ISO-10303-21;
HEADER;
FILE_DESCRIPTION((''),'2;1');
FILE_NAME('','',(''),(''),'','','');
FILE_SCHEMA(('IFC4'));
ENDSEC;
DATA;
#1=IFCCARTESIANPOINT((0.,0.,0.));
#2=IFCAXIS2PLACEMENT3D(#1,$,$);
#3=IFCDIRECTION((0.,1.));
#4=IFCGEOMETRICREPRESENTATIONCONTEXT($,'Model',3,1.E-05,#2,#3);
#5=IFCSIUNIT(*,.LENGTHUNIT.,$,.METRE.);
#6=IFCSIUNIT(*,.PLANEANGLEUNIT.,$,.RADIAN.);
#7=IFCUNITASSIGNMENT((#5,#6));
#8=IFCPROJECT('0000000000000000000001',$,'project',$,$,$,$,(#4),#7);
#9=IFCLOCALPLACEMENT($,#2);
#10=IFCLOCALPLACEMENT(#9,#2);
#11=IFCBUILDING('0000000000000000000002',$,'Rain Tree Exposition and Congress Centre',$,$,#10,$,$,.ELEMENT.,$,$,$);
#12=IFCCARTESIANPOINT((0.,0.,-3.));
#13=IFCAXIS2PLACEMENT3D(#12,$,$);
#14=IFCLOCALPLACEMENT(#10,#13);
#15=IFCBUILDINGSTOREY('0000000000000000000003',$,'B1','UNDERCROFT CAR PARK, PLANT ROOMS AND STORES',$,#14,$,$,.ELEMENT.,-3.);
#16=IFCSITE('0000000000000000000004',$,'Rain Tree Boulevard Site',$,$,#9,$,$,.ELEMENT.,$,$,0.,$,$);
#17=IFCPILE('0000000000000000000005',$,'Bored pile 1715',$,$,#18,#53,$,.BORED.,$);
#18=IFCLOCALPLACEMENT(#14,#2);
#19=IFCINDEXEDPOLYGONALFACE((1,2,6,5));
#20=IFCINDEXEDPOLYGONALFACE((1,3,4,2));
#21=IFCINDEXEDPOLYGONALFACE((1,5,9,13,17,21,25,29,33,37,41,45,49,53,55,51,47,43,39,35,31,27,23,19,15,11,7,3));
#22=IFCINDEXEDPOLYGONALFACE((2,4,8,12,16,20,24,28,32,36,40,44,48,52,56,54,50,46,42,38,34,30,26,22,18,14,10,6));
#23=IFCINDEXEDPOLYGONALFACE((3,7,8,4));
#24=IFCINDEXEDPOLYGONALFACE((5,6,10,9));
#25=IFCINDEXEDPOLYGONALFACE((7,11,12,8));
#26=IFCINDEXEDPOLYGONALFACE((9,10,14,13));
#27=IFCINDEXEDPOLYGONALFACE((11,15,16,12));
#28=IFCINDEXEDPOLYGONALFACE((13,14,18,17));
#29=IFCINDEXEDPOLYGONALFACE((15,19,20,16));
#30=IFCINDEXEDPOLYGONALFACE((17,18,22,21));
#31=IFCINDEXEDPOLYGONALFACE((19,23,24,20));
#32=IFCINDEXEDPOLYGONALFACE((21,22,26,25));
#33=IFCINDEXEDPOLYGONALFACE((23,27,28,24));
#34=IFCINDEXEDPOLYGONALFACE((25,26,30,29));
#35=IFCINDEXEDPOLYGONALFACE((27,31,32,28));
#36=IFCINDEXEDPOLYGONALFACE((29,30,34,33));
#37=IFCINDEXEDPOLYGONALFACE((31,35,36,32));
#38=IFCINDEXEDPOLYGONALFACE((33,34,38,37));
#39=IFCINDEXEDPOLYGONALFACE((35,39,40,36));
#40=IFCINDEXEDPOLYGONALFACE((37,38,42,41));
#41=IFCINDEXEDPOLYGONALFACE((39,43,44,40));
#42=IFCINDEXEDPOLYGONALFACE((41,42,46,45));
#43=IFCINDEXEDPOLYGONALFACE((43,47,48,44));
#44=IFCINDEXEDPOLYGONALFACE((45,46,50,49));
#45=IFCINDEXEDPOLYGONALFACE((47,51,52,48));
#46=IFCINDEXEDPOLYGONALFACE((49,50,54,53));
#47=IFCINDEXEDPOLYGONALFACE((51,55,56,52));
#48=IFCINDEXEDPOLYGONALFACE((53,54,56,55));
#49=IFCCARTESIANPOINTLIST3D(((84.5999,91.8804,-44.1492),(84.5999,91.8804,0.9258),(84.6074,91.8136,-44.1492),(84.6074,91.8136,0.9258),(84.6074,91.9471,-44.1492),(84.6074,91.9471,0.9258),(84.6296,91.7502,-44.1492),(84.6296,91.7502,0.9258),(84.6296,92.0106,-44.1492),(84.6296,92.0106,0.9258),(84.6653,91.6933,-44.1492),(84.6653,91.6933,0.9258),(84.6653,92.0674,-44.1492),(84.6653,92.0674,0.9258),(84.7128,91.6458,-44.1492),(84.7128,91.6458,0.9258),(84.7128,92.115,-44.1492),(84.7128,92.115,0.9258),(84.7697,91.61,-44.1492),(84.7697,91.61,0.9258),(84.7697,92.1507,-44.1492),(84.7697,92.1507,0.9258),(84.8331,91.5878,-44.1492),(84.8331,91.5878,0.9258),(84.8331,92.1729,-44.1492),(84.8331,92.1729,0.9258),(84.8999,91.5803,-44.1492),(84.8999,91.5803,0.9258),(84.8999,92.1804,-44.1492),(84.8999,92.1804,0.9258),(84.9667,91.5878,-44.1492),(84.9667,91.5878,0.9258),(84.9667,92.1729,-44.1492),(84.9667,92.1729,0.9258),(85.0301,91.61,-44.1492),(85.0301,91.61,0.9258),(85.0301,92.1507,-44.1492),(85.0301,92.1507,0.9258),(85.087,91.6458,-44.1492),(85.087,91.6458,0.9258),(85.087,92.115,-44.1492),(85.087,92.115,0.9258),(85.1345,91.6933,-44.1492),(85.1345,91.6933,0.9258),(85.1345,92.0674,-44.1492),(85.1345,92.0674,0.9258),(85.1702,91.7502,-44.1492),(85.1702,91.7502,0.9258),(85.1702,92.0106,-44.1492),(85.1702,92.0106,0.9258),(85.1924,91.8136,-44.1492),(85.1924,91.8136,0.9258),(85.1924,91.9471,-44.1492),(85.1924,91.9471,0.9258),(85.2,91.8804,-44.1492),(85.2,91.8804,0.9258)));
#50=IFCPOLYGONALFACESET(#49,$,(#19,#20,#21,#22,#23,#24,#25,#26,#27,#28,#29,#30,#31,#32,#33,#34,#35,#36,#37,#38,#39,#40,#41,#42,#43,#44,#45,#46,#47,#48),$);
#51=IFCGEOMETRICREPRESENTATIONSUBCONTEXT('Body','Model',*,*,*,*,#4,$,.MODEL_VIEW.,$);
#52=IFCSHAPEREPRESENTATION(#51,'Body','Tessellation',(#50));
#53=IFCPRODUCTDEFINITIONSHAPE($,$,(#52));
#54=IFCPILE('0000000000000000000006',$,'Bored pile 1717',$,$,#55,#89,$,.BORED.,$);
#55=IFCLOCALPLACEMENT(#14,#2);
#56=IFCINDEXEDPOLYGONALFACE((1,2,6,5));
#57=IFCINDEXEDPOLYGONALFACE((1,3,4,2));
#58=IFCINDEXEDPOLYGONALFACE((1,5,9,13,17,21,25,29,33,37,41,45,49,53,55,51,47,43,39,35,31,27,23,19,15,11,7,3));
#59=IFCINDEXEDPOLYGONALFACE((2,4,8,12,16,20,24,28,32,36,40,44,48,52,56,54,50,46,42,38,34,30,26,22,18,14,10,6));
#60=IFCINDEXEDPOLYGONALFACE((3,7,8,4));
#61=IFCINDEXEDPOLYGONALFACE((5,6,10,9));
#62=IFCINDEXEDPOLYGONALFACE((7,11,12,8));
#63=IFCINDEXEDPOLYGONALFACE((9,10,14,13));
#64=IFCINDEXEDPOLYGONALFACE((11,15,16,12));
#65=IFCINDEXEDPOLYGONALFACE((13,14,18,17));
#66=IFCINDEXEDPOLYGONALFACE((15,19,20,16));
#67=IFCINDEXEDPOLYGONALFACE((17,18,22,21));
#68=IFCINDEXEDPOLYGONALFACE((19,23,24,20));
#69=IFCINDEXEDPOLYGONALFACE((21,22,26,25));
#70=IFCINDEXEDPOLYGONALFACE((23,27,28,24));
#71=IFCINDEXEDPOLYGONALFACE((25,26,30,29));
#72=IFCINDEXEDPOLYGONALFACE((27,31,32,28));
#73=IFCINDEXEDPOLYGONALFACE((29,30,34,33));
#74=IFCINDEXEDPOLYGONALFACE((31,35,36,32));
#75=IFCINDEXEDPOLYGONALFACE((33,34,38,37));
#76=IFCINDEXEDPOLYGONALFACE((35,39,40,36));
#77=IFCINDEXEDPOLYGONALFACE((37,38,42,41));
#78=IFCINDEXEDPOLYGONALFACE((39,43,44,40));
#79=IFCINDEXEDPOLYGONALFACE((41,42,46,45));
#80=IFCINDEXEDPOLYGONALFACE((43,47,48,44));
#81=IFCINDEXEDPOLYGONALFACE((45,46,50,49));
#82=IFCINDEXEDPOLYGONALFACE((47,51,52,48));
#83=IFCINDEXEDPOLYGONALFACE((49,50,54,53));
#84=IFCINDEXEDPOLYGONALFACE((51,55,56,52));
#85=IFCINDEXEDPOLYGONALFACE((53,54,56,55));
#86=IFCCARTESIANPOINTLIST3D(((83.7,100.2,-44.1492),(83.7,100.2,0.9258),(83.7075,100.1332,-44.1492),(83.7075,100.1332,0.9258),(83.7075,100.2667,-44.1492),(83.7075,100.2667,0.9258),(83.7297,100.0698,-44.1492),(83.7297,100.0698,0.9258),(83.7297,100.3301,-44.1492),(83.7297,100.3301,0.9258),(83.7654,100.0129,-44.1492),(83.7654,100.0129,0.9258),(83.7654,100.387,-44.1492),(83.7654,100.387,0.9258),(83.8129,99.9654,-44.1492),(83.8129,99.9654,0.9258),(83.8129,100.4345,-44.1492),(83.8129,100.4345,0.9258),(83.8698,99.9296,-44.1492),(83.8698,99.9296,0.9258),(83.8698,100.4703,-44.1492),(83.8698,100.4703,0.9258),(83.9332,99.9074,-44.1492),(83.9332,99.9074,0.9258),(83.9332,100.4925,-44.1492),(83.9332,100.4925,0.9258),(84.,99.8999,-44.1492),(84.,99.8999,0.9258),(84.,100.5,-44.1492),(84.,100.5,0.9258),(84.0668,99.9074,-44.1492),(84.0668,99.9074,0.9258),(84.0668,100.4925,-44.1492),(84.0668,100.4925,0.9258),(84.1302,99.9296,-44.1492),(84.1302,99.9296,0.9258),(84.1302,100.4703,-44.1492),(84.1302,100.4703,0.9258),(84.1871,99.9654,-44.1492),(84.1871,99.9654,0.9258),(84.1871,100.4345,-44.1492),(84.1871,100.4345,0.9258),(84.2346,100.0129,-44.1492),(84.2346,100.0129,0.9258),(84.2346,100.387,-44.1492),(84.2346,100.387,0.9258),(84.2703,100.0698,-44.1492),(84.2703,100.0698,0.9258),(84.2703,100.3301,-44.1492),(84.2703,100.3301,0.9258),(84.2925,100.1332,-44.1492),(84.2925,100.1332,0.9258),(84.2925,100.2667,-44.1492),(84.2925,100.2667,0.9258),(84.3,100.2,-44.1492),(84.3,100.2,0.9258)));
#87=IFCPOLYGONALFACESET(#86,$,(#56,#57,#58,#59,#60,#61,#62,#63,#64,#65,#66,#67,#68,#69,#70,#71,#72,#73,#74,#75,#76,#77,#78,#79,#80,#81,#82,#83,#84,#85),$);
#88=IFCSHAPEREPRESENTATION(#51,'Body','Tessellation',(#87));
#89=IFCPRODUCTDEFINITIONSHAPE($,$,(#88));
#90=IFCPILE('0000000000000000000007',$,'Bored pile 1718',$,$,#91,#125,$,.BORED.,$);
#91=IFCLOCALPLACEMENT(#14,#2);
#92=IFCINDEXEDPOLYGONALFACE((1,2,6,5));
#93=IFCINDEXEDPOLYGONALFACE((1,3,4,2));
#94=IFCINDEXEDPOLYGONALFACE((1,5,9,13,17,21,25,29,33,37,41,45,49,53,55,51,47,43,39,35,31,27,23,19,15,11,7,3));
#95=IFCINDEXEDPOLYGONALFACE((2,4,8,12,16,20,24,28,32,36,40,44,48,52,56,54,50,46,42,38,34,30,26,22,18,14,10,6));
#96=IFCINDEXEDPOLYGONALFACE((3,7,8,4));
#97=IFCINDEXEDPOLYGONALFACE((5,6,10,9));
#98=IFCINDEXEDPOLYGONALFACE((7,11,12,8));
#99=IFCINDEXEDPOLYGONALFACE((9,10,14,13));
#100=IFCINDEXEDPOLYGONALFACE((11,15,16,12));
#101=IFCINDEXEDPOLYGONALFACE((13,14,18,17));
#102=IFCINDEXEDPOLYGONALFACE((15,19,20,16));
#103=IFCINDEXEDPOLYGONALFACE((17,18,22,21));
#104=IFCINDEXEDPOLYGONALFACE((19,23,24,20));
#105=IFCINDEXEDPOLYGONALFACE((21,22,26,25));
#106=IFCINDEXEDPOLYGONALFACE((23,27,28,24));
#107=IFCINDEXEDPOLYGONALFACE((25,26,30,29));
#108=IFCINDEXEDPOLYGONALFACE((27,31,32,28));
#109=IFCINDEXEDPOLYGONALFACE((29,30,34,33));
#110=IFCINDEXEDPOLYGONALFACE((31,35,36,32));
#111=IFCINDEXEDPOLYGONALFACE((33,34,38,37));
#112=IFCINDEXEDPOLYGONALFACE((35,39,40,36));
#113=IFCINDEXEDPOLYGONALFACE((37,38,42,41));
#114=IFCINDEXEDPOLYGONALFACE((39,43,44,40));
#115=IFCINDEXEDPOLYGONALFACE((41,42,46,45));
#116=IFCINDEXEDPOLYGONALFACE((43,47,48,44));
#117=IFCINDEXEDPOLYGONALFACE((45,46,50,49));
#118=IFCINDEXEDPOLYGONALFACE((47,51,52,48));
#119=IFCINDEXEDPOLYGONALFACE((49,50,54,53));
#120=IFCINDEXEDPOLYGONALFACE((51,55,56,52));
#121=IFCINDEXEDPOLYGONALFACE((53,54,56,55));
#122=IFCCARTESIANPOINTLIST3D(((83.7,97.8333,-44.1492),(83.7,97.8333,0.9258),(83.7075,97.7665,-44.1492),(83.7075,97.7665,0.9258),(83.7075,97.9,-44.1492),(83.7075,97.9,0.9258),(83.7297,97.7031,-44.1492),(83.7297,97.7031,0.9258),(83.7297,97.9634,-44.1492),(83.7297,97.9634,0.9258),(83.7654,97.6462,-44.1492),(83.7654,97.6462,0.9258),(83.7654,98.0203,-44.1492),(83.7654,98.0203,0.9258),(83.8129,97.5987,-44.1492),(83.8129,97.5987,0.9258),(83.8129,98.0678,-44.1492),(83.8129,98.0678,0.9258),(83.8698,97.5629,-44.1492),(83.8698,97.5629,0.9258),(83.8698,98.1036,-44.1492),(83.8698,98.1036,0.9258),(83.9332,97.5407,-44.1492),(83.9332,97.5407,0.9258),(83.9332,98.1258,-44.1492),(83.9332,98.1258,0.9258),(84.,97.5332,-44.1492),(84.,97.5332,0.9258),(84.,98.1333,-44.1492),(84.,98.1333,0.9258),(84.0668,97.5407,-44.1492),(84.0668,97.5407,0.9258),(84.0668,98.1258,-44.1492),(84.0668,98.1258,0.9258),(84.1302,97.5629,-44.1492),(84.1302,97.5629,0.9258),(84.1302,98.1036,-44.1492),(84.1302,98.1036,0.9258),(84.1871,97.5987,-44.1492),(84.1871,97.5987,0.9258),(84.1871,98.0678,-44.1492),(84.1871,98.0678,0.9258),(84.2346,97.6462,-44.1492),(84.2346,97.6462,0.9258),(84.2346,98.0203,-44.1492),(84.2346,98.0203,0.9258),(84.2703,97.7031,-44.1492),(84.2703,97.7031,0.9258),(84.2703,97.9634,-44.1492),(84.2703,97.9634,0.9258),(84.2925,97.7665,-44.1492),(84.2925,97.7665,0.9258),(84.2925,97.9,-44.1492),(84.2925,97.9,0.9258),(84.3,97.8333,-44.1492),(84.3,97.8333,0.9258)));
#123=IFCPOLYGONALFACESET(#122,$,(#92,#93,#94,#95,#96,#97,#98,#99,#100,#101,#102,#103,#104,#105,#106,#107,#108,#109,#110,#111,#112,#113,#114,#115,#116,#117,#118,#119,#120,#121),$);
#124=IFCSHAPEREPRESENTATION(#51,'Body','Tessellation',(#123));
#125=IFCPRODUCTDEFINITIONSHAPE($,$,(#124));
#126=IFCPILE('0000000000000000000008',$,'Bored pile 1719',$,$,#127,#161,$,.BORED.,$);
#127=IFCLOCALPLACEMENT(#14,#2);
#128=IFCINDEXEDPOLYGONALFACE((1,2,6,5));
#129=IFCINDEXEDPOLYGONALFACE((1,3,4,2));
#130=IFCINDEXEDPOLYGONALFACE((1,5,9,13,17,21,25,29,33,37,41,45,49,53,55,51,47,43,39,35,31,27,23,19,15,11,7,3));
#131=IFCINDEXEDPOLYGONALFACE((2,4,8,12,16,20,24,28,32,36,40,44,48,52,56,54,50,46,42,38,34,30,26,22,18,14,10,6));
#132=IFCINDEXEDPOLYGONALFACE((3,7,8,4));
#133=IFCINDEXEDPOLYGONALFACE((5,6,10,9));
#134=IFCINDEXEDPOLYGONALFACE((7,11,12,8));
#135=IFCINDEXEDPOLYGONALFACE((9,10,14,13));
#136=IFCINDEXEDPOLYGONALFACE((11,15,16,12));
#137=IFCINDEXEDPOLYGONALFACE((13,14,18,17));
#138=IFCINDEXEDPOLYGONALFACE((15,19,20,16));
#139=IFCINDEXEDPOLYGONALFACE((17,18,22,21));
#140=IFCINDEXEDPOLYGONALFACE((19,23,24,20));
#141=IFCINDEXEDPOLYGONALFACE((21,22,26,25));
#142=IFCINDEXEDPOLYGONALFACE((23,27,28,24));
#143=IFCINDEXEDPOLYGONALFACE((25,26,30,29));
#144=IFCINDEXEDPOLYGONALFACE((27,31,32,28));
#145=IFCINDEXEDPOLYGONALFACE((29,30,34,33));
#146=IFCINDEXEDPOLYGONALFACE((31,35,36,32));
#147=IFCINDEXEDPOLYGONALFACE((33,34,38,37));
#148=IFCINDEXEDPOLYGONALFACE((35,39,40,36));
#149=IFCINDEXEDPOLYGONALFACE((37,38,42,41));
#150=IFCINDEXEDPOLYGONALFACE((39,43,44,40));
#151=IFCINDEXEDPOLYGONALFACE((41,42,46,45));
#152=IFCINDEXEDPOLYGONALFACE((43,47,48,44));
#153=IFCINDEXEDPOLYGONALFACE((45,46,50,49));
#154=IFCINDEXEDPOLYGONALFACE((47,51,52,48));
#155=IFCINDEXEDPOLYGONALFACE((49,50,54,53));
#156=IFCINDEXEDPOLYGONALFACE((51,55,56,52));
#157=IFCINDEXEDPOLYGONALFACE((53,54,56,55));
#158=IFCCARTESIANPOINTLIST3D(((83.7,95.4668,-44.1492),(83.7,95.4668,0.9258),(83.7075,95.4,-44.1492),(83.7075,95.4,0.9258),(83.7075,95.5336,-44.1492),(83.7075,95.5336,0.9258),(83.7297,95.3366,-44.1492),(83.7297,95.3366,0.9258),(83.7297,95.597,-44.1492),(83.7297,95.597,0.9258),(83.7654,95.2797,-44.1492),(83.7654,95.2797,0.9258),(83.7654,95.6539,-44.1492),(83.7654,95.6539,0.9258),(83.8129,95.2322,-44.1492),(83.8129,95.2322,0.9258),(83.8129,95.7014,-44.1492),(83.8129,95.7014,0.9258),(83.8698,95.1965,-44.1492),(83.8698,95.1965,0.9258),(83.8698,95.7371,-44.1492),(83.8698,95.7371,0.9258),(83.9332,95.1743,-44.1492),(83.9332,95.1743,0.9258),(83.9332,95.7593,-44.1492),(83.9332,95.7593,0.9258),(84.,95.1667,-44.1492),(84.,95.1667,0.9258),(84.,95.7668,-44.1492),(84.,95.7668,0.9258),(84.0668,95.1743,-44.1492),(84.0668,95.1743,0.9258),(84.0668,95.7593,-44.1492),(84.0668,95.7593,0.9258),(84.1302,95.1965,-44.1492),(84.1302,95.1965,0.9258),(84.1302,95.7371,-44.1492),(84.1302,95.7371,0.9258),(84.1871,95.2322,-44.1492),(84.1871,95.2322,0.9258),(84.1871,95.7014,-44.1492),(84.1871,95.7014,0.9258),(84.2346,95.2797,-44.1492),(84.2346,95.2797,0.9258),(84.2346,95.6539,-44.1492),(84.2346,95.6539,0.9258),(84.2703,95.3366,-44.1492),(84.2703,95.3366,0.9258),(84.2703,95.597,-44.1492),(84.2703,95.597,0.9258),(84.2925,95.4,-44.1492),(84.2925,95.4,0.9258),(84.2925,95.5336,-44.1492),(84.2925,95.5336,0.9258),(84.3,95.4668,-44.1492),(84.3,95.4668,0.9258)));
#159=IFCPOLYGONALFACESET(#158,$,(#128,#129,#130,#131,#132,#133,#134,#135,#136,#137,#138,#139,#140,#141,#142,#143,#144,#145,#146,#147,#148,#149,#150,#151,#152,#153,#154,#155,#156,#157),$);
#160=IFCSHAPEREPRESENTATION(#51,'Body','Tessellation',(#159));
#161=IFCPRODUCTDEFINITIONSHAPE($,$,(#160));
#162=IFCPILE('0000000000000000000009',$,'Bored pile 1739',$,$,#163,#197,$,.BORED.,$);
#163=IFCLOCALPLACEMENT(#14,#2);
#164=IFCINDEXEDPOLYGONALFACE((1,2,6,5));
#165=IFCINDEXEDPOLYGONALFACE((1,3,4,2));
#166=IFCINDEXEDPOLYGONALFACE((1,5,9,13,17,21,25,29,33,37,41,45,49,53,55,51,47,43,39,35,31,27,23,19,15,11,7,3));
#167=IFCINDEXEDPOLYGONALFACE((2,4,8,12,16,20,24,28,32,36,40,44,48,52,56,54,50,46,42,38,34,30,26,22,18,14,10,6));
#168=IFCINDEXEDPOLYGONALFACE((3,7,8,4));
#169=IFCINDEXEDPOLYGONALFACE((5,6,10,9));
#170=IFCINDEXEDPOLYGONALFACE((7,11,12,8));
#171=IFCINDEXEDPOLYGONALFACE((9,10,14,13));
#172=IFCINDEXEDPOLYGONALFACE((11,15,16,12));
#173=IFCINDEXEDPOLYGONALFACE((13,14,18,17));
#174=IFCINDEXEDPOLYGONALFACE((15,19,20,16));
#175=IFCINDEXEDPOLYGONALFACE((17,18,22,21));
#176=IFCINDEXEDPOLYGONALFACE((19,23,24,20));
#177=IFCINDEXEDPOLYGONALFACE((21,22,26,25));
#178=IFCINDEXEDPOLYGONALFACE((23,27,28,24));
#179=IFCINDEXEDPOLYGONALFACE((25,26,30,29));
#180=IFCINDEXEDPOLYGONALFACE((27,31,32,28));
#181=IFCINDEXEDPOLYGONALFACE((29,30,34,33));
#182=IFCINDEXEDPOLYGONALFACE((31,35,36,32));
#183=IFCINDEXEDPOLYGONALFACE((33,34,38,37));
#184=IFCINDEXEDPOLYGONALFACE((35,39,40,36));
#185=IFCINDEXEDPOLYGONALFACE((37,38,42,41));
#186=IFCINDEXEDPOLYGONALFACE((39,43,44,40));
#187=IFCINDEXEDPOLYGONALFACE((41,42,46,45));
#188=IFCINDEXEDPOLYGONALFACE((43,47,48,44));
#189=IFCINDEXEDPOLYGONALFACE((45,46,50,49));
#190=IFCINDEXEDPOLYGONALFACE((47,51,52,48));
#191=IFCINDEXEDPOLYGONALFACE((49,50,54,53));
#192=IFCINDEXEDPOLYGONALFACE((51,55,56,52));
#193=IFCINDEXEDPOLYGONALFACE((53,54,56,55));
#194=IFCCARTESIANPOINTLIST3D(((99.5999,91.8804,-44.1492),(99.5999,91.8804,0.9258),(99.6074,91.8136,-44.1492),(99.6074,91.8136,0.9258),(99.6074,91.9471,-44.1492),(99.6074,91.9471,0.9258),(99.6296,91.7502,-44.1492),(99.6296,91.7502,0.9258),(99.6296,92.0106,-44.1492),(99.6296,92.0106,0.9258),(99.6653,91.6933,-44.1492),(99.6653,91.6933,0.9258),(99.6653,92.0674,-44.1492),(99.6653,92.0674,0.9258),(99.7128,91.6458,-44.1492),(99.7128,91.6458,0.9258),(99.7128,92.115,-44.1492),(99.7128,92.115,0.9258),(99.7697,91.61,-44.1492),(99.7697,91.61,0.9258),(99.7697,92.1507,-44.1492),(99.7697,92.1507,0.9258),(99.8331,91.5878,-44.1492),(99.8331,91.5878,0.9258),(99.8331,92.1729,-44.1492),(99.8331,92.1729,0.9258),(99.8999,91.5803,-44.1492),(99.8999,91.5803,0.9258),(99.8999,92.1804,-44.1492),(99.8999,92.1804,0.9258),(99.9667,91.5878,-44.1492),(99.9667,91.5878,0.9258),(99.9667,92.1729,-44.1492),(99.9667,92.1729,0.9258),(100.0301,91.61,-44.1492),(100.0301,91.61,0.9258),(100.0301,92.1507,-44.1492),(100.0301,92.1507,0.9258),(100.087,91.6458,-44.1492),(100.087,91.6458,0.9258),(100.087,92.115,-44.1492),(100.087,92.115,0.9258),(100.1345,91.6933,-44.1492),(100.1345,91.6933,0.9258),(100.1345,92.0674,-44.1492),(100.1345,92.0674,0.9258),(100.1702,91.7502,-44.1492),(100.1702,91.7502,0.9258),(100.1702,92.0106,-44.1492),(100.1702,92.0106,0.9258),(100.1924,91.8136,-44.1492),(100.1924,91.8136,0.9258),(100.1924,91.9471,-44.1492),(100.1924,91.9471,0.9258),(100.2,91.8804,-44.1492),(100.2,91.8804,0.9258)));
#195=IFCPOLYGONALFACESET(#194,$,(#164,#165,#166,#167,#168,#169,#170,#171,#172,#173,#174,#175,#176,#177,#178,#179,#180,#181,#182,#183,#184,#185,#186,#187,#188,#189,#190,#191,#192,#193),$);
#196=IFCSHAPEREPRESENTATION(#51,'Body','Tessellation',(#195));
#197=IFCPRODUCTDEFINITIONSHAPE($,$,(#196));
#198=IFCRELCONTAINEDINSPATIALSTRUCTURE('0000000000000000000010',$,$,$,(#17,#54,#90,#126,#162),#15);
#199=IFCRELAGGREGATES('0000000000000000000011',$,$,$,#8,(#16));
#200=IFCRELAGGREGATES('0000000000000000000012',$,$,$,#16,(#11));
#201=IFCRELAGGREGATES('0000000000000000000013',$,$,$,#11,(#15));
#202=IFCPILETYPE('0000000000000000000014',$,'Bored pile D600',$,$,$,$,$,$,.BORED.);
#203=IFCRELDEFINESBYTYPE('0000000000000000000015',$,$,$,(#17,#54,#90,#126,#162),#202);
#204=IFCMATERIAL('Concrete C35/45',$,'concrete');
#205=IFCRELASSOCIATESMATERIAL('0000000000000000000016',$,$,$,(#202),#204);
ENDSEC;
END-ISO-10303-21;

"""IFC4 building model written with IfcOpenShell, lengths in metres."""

from ifc_helpers import new_model, si_unit, direction, frame, origin, origin_2d, place, context, subcontext, project, spatial, circle, extrude, material, material_profile, profile_set, type_object, element, save


model = new_model("IFC4")

# Units and contexts
model_context = context("Model", 3, precision=1e-05, world=origin(), true_north=direction((0.0, 1.0)))
body_context = subcontext(model_context, "Body", "Model", "MODEL_VIEW")
ifc_project = project(units=[si_unit("LENGTHUNIT", "METRE"), si_unit("PLANEANGLEUNIT", "RADIAN")], contexts=[model_context])

# Site, building, storey
site_placement = place(None, origin())
site = spatial("IfcSite", under=ifc_project, at=site_placement, Name="Rain Tree Boulevard Site", CompositionType="ELEMENT", RefElevation=0.0)
building_placement = place(site_placement, origin())
building = spatial("IfcBuilding", under=site, at=building_placement, Name="Rain Tree Exposition and Congress Centre", CompositionType="ELEMENT")
storey_placement = place(building_placement, frame((0.0, 0.0, -3.0)))
storey = spatial("IfcBuildingStorey", under=building, at=storey_placement, Name="B1", Description="UNDERCROFT CAR PARK, PLANT ROOMS AND STORES", CompositionType="ELEMENT", Elevation=-3.0)

# Piles
ifc_material_1 = material(Name="Concrete C35/45", Category="concrete")
ifc_material_profile_1 = material_profile(ifc_material_1, circle(Radius=0.3, at=origin_2d()), Name="D600")
ifc_profile_set_1 = profile_set([ifc_material_profile_1], Name="Concrete C35/45")
pile_type_1 = type_object("IfcPileType", Name="Bored pile D600", PredefinedType="BORED", material=ifc_profile_set_1)
for number, where, z_axis, x_axis, name in (
    (1, (84.8999, 91.8804, 0.9258), (0.0, 0.0, -1.0), (1.0, 0.0, 0.0), "Bored pile 1715"),
    (2, (84.0, 100.2, 0.9258), (0.0, 0.0, -1.0), (1.0, 0.0, 0.0), "Bored pile 1717"),
    (3, (84.0, 97.8333, 0.9258), (0.0, 0.0, -1.0), (1.0, 0.0, 0.0), "Bored pile 1718"),
    (4, (84.0, 95.4668, 0.9258), (0.0, 0.0, -1.0), (1.0, 0.0, 0.0), "Bored pile 1719"),
    (5, (99.8999, 91.8804, 0.9258), (0.0, 0.0, -1.0), (1.0, 0.0, 0.0), "Bored pile 1739"),
):
    element("IfcPile", number, at=place(storey_placement, frame(where, z_axis=z_axis, x_axis=x_axis)), inside=storey, type_object=pile_type_1, Name=name, PredefinedType="BORED", context=body_context, shape_type="SweptSolid", body=[
        extrude(circle(Radius=0.3, at=origin_2d()), origin(), (0.0, 0.0, 1.0), 45.075),
    ])

save(model, "model.ifc")
